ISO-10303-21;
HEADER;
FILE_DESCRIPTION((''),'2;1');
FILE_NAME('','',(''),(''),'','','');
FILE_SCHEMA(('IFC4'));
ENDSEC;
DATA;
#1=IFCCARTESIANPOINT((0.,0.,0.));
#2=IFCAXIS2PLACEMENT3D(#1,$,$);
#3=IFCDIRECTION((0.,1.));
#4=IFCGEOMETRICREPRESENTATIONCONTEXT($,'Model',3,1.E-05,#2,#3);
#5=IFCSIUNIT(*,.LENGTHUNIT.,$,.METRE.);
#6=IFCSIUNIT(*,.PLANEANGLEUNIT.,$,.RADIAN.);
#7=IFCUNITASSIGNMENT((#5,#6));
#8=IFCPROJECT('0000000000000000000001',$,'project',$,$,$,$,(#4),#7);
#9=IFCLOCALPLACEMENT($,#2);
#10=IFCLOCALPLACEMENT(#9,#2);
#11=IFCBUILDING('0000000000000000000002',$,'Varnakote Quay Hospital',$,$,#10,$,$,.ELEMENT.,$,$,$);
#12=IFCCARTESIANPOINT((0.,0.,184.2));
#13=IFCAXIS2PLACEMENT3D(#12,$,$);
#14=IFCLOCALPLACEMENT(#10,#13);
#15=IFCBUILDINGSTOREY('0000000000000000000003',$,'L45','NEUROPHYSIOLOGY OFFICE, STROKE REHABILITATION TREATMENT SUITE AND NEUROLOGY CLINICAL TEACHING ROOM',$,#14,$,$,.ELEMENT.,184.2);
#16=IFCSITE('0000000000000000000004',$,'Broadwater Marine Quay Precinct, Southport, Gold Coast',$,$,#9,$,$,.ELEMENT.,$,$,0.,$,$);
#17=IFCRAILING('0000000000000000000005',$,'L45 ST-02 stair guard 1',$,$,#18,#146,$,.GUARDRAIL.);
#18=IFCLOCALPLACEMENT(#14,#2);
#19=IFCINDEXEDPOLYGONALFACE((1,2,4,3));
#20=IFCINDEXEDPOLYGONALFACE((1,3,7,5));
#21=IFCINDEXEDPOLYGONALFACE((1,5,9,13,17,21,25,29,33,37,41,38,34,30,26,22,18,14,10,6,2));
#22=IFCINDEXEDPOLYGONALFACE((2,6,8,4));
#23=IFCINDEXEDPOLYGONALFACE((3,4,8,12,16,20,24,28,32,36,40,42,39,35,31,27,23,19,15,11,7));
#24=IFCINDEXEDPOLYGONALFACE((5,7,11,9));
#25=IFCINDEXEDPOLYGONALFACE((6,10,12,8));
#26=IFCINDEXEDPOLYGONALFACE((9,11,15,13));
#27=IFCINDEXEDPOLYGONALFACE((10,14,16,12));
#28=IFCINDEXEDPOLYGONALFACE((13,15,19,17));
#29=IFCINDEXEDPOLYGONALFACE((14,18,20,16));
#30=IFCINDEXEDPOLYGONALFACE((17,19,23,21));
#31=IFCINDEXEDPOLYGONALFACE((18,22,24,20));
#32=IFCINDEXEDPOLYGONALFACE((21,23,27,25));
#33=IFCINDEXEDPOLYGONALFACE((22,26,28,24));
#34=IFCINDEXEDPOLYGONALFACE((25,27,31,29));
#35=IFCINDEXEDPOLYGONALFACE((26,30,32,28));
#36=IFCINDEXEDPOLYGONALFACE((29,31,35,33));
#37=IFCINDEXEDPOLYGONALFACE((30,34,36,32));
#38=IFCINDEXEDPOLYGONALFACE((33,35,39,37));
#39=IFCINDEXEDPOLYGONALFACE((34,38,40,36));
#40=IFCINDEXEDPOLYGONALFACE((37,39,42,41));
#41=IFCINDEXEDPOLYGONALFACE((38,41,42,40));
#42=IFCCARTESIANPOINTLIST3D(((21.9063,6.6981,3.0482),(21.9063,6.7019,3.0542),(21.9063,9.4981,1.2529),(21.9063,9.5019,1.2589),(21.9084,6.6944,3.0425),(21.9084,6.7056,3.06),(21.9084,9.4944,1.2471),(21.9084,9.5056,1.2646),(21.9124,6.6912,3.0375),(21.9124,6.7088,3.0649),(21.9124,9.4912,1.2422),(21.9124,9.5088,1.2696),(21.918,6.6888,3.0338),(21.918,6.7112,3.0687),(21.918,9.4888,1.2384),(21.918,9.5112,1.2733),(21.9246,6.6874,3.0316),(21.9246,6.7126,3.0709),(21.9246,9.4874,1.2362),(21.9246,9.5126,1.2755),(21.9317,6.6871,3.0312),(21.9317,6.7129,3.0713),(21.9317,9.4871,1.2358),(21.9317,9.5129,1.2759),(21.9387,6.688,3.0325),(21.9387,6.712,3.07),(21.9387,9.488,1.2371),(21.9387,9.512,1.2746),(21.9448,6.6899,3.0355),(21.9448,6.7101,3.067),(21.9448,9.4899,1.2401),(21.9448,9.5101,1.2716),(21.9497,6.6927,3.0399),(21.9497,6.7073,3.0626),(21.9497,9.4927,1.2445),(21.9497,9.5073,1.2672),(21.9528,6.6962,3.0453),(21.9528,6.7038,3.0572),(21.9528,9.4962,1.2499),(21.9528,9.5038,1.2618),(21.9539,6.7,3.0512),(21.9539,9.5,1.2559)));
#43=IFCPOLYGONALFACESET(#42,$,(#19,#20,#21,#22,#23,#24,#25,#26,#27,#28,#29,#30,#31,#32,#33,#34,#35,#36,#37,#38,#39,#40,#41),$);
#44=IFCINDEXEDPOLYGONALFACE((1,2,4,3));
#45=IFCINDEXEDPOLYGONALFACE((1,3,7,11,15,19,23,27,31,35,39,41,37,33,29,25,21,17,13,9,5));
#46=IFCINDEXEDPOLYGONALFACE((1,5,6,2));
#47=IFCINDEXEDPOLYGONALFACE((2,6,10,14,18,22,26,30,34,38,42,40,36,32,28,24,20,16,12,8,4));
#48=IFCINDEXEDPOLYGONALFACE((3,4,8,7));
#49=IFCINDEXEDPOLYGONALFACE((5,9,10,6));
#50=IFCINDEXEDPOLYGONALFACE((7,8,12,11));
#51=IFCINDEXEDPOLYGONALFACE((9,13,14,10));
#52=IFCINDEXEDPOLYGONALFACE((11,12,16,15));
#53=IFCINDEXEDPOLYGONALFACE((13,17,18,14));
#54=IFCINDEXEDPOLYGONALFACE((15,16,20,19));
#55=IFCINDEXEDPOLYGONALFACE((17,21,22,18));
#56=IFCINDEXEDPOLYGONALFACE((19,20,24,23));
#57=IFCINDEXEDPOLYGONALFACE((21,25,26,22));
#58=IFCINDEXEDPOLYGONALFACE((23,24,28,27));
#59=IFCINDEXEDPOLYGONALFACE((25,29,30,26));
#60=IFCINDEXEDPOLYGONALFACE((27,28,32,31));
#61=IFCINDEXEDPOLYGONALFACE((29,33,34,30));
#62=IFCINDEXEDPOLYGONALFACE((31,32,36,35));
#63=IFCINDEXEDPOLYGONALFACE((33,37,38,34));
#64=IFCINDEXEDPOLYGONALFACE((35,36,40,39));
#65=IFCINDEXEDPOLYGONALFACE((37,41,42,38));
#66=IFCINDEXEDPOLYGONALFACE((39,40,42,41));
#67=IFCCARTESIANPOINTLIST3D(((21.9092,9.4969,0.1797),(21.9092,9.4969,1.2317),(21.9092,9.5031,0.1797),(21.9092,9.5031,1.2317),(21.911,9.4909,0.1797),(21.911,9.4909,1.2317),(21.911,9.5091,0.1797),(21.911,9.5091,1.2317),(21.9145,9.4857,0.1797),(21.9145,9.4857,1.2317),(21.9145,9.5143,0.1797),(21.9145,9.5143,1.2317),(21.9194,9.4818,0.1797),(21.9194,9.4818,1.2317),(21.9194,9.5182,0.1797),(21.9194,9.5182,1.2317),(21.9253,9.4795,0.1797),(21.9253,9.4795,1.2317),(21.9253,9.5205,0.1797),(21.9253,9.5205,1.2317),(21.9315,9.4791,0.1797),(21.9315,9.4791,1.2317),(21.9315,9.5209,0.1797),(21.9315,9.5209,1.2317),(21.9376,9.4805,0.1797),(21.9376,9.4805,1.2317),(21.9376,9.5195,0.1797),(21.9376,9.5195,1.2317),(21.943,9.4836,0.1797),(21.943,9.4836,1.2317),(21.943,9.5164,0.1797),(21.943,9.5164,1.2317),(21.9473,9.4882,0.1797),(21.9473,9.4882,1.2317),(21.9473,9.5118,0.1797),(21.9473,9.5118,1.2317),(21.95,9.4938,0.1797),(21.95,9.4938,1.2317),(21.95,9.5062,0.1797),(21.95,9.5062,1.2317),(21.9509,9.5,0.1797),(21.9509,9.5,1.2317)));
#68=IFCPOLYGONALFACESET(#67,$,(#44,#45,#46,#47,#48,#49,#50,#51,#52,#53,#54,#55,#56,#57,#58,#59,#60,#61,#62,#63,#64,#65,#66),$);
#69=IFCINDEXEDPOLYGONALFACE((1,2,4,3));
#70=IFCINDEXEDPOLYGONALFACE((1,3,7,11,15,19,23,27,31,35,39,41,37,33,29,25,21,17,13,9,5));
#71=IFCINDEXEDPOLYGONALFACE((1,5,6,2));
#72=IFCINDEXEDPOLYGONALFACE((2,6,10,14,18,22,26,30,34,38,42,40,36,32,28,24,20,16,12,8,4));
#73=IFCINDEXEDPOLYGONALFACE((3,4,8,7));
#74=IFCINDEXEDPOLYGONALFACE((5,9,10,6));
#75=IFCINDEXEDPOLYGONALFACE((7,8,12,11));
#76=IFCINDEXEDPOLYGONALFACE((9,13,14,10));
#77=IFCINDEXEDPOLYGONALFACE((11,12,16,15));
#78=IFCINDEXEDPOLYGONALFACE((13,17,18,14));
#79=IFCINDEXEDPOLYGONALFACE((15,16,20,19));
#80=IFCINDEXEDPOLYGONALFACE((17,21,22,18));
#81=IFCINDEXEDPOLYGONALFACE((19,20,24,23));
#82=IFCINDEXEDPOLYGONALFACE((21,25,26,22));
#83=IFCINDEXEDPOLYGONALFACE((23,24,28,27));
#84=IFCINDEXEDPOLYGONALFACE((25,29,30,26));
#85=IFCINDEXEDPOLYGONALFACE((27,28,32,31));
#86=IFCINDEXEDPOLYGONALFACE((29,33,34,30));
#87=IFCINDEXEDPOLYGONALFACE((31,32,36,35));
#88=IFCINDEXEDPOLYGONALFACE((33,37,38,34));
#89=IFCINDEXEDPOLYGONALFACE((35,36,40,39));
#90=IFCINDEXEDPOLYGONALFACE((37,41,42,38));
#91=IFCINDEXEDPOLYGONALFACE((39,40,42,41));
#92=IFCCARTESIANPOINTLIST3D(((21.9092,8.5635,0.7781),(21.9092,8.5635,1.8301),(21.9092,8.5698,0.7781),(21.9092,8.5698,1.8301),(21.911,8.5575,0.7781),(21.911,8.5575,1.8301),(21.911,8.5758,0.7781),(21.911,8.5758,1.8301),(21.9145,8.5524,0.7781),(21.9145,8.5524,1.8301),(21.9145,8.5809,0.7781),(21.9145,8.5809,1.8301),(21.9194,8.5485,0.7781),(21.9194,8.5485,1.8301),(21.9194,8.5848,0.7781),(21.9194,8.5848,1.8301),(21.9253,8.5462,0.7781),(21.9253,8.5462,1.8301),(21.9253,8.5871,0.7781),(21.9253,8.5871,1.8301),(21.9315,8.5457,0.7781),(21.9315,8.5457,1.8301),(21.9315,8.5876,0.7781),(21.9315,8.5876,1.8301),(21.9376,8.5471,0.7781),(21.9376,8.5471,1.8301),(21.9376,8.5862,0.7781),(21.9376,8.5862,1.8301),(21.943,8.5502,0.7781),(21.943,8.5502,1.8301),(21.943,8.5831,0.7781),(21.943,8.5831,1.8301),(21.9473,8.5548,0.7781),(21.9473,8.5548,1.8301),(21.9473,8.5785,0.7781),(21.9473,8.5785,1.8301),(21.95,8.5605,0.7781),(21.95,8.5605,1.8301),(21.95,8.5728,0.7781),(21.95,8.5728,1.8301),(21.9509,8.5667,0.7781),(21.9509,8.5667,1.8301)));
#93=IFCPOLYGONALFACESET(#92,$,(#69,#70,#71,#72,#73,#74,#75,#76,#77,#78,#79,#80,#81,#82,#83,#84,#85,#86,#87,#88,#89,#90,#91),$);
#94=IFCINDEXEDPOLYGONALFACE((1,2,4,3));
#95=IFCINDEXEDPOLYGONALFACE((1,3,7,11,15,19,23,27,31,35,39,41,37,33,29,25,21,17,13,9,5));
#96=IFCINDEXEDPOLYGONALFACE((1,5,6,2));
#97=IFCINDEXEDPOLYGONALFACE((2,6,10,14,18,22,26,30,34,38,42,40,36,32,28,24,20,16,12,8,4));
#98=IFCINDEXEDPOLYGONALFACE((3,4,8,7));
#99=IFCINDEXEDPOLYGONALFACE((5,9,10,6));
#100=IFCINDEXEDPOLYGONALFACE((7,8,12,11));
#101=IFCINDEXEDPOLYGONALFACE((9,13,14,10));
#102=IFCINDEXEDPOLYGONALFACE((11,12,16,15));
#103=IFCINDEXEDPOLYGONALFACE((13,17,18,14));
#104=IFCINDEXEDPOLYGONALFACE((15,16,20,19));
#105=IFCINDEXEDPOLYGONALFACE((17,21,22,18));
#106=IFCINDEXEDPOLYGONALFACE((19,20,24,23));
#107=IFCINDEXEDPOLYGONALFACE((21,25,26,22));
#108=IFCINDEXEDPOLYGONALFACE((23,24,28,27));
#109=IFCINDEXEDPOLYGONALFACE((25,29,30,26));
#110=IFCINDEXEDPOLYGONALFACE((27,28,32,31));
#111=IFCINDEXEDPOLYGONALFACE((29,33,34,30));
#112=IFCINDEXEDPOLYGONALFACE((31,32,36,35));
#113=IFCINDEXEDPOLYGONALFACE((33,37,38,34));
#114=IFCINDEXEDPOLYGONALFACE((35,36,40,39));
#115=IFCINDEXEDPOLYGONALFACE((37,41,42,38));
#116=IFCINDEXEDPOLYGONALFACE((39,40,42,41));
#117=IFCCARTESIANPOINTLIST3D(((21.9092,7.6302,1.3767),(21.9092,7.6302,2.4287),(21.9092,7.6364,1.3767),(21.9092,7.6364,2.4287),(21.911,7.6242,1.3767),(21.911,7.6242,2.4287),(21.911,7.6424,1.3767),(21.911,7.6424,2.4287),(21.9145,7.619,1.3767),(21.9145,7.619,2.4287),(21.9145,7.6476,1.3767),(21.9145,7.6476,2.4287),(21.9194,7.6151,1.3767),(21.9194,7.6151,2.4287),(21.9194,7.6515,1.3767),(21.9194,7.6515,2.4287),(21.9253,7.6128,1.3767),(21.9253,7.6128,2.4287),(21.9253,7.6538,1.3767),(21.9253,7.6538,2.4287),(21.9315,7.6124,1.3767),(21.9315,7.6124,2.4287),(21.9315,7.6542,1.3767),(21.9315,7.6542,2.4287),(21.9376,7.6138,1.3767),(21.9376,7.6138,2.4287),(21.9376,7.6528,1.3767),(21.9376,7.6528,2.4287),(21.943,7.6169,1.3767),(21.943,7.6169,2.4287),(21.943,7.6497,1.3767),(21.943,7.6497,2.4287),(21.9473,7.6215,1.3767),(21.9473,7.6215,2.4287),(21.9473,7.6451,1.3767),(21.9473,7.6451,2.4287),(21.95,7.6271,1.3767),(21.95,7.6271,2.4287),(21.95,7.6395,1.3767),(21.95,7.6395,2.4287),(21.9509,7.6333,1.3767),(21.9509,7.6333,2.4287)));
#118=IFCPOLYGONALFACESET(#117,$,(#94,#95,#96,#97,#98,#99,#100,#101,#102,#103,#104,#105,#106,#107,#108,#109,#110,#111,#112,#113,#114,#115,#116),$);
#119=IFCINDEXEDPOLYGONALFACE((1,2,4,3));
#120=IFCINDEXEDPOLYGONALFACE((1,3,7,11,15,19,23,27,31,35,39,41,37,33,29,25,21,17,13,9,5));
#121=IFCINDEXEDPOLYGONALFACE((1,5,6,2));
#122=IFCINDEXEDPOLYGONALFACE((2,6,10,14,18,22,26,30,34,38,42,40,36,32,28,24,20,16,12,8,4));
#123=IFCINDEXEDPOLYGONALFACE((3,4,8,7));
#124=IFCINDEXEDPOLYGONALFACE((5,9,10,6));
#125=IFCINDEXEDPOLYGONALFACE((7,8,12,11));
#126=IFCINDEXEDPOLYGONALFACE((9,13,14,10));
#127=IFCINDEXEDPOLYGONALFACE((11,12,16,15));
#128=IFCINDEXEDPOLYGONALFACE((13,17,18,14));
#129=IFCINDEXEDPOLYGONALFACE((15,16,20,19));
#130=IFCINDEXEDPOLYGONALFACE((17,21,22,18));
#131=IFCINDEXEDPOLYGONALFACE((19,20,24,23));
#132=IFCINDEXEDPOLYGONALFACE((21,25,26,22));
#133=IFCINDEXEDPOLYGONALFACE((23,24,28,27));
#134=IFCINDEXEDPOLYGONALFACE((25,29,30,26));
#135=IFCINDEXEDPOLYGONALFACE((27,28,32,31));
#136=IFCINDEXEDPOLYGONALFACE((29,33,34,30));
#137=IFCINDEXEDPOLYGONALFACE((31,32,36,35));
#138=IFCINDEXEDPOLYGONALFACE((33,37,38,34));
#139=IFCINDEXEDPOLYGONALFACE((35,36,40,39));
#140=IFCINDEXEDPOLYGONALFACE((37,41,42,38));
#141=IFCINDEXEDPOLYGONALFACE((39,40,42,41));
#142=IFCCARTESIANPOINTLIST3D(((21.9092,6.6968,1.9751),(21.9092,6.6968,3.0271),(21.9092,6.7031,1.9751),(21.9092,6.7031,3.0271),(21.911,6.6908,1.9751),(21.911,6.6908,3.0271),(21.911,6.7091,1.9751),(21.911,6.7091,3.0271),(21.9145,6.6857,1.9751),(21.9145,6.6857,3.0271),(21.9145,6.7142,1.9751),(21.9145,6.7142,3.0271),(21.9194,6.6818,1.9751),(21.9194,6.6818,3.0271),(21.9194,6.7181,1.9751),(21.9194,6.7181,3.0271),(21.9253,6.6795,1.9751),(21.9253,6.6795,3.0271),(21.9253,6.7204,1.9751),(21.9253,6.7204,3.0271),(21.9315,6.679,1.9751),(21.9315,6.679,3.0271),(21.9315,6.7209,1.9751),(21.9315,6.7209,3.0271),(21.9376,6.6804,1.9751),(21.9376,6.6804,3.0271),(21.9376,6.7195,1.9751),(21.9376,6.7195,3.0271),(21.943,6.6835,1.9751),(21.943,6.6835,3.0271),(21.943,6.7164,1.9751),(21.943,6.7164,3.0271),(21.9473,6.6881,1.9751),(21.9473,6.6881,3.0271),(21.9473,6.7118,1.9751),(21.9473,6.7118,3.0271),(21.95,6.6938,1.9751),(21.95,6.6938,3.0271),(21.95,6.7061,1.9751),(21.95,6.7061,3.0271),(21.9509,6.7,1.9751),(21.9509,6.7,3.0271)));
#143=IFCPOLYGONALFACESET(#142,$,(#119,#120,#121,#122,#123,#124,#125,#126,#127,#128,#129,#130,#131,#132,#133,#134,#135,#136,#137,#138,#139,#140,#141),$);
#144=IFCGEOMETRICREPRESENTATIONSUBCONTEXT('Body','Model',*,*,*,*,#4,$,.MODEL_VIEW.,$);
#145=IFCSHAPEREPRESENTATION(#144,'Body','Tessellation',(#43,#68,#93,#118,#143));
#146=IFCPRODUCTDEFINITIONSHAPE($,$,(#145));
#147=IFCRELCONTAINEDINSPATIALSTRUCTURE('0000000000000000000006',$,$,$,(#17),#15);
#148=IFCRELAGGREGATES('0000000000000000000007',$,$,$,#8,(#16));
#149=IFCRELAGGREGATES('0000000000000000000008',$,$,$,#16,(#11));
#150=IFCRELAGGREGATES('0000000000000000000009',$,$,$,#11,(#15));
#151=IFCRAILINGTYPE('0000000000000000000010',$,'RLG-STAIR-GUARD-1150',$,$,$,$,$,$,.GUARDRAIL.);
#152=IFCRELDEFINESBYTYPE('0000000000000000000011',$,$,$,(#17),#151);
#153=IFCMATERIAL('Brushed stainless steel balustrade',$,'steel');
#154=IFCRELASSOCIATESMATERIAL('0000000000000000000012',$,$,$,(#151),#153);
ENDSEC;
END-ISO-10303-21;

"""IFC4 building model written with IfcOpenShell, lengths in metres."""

from ifc_helpers import new_model, si_unit, direction, frame, origin, origin_2d, place, context, subcontext, project, spatial, circle, extrude, material, type_object, element, save


model = new_model("IFC4")

# Units and contexts
model_context = context("Model", 3, precision=1e-05, world=origin(), true_north=direction((0.0, 1.0)))
body_context = subcontext(model_context, "Body", "Model", "MODEL_VIEW")
ifc_project = project(units=[si_unit("LENGTHUNIT", "METRE"), si_unit("PLANEANGLEUNIT", "RADIAN")], contexts=[model_context])

# Site, building, storey
site_placement = place(None, origin())
site = spatial("IfcSite", under=ifc_project, at=site_placement, Name="Broadwater Marine Quay Precinct, Southport, Gold Coast", CompositionType="ELEMENT", RefElevation=0.0)
building_placement = place(site_placement, origin())
building = spatial("IfcBuilding", under=site, at=building_placement, Name="Varnakote Quay Hospital", CompositionType="ELEMENT")
storey_placement = place(building_placement, frame((0.0, 0.0, 184.2)))
storey = spatial("IfcBuildingStorey", under=building, at=storey_placement, Name="L45", Description="NEUROPHYSIOLOGY OFFICE, STROKE REHABILITATION TREATMENT SUITE AND NEUROLOGY CLINICAL TEACHING ROOM", CompositionType="ELEMENT", Elevation=184.2)

# Railing
ifc_material_1 = material(Name="Brushed stainless steel balustrade", Category="steel")
railing_type_1 = type_object("IfcRailingType", Name="RLG-STAIR-GUARD-1150", PredefinedType="GUARDRAIL", material=ifc_material_1)
railing_1_placement = place(storey_placement, frame((21.9299, 9.5, 0.1797)))
element("IfcRailing", 1, at=railing_1_placement, inside=storey, type_object=railing_type_1, Name="L45 ST-02 stair guard 1", PredefinedType="GUARDRAIL", context=body_context, shape_type="SweptSolid", body=[
    extrude(circle(Radius=0.0239, at=origin_2d()), frame((0.0, 0.0, 1.0762), z_axis=(0.0, -0.84181, 0.539774), x_axis=(1.0, 0.0, 0.0)), (0.0, 0.0, 1.0), 3.3262),
    extrude(circle(Radius=0.021, at=origin_2d()), origin(), (0.0, 0.0, 1.0), 1.052),
    extrude(circle(Radius=0.021, at=origin_2d()), frame((0.0, -0.9333, 0.5984)), (0.0, 0.0, 1.0), 1.052),
    extrude(circle(Radius=0.021, at=origin_2d()), frame((0.0, -1.8667, 1.197)), (0.0, 0.0, 1.0), 1.052),
    extrude(circle(Radius=0.021, at=origin_2d()), frame((0.0, -2.8, 1.7954)), (0.0, 0.0, 1.0), 1.052),
])

save(model, "model.ifc")
